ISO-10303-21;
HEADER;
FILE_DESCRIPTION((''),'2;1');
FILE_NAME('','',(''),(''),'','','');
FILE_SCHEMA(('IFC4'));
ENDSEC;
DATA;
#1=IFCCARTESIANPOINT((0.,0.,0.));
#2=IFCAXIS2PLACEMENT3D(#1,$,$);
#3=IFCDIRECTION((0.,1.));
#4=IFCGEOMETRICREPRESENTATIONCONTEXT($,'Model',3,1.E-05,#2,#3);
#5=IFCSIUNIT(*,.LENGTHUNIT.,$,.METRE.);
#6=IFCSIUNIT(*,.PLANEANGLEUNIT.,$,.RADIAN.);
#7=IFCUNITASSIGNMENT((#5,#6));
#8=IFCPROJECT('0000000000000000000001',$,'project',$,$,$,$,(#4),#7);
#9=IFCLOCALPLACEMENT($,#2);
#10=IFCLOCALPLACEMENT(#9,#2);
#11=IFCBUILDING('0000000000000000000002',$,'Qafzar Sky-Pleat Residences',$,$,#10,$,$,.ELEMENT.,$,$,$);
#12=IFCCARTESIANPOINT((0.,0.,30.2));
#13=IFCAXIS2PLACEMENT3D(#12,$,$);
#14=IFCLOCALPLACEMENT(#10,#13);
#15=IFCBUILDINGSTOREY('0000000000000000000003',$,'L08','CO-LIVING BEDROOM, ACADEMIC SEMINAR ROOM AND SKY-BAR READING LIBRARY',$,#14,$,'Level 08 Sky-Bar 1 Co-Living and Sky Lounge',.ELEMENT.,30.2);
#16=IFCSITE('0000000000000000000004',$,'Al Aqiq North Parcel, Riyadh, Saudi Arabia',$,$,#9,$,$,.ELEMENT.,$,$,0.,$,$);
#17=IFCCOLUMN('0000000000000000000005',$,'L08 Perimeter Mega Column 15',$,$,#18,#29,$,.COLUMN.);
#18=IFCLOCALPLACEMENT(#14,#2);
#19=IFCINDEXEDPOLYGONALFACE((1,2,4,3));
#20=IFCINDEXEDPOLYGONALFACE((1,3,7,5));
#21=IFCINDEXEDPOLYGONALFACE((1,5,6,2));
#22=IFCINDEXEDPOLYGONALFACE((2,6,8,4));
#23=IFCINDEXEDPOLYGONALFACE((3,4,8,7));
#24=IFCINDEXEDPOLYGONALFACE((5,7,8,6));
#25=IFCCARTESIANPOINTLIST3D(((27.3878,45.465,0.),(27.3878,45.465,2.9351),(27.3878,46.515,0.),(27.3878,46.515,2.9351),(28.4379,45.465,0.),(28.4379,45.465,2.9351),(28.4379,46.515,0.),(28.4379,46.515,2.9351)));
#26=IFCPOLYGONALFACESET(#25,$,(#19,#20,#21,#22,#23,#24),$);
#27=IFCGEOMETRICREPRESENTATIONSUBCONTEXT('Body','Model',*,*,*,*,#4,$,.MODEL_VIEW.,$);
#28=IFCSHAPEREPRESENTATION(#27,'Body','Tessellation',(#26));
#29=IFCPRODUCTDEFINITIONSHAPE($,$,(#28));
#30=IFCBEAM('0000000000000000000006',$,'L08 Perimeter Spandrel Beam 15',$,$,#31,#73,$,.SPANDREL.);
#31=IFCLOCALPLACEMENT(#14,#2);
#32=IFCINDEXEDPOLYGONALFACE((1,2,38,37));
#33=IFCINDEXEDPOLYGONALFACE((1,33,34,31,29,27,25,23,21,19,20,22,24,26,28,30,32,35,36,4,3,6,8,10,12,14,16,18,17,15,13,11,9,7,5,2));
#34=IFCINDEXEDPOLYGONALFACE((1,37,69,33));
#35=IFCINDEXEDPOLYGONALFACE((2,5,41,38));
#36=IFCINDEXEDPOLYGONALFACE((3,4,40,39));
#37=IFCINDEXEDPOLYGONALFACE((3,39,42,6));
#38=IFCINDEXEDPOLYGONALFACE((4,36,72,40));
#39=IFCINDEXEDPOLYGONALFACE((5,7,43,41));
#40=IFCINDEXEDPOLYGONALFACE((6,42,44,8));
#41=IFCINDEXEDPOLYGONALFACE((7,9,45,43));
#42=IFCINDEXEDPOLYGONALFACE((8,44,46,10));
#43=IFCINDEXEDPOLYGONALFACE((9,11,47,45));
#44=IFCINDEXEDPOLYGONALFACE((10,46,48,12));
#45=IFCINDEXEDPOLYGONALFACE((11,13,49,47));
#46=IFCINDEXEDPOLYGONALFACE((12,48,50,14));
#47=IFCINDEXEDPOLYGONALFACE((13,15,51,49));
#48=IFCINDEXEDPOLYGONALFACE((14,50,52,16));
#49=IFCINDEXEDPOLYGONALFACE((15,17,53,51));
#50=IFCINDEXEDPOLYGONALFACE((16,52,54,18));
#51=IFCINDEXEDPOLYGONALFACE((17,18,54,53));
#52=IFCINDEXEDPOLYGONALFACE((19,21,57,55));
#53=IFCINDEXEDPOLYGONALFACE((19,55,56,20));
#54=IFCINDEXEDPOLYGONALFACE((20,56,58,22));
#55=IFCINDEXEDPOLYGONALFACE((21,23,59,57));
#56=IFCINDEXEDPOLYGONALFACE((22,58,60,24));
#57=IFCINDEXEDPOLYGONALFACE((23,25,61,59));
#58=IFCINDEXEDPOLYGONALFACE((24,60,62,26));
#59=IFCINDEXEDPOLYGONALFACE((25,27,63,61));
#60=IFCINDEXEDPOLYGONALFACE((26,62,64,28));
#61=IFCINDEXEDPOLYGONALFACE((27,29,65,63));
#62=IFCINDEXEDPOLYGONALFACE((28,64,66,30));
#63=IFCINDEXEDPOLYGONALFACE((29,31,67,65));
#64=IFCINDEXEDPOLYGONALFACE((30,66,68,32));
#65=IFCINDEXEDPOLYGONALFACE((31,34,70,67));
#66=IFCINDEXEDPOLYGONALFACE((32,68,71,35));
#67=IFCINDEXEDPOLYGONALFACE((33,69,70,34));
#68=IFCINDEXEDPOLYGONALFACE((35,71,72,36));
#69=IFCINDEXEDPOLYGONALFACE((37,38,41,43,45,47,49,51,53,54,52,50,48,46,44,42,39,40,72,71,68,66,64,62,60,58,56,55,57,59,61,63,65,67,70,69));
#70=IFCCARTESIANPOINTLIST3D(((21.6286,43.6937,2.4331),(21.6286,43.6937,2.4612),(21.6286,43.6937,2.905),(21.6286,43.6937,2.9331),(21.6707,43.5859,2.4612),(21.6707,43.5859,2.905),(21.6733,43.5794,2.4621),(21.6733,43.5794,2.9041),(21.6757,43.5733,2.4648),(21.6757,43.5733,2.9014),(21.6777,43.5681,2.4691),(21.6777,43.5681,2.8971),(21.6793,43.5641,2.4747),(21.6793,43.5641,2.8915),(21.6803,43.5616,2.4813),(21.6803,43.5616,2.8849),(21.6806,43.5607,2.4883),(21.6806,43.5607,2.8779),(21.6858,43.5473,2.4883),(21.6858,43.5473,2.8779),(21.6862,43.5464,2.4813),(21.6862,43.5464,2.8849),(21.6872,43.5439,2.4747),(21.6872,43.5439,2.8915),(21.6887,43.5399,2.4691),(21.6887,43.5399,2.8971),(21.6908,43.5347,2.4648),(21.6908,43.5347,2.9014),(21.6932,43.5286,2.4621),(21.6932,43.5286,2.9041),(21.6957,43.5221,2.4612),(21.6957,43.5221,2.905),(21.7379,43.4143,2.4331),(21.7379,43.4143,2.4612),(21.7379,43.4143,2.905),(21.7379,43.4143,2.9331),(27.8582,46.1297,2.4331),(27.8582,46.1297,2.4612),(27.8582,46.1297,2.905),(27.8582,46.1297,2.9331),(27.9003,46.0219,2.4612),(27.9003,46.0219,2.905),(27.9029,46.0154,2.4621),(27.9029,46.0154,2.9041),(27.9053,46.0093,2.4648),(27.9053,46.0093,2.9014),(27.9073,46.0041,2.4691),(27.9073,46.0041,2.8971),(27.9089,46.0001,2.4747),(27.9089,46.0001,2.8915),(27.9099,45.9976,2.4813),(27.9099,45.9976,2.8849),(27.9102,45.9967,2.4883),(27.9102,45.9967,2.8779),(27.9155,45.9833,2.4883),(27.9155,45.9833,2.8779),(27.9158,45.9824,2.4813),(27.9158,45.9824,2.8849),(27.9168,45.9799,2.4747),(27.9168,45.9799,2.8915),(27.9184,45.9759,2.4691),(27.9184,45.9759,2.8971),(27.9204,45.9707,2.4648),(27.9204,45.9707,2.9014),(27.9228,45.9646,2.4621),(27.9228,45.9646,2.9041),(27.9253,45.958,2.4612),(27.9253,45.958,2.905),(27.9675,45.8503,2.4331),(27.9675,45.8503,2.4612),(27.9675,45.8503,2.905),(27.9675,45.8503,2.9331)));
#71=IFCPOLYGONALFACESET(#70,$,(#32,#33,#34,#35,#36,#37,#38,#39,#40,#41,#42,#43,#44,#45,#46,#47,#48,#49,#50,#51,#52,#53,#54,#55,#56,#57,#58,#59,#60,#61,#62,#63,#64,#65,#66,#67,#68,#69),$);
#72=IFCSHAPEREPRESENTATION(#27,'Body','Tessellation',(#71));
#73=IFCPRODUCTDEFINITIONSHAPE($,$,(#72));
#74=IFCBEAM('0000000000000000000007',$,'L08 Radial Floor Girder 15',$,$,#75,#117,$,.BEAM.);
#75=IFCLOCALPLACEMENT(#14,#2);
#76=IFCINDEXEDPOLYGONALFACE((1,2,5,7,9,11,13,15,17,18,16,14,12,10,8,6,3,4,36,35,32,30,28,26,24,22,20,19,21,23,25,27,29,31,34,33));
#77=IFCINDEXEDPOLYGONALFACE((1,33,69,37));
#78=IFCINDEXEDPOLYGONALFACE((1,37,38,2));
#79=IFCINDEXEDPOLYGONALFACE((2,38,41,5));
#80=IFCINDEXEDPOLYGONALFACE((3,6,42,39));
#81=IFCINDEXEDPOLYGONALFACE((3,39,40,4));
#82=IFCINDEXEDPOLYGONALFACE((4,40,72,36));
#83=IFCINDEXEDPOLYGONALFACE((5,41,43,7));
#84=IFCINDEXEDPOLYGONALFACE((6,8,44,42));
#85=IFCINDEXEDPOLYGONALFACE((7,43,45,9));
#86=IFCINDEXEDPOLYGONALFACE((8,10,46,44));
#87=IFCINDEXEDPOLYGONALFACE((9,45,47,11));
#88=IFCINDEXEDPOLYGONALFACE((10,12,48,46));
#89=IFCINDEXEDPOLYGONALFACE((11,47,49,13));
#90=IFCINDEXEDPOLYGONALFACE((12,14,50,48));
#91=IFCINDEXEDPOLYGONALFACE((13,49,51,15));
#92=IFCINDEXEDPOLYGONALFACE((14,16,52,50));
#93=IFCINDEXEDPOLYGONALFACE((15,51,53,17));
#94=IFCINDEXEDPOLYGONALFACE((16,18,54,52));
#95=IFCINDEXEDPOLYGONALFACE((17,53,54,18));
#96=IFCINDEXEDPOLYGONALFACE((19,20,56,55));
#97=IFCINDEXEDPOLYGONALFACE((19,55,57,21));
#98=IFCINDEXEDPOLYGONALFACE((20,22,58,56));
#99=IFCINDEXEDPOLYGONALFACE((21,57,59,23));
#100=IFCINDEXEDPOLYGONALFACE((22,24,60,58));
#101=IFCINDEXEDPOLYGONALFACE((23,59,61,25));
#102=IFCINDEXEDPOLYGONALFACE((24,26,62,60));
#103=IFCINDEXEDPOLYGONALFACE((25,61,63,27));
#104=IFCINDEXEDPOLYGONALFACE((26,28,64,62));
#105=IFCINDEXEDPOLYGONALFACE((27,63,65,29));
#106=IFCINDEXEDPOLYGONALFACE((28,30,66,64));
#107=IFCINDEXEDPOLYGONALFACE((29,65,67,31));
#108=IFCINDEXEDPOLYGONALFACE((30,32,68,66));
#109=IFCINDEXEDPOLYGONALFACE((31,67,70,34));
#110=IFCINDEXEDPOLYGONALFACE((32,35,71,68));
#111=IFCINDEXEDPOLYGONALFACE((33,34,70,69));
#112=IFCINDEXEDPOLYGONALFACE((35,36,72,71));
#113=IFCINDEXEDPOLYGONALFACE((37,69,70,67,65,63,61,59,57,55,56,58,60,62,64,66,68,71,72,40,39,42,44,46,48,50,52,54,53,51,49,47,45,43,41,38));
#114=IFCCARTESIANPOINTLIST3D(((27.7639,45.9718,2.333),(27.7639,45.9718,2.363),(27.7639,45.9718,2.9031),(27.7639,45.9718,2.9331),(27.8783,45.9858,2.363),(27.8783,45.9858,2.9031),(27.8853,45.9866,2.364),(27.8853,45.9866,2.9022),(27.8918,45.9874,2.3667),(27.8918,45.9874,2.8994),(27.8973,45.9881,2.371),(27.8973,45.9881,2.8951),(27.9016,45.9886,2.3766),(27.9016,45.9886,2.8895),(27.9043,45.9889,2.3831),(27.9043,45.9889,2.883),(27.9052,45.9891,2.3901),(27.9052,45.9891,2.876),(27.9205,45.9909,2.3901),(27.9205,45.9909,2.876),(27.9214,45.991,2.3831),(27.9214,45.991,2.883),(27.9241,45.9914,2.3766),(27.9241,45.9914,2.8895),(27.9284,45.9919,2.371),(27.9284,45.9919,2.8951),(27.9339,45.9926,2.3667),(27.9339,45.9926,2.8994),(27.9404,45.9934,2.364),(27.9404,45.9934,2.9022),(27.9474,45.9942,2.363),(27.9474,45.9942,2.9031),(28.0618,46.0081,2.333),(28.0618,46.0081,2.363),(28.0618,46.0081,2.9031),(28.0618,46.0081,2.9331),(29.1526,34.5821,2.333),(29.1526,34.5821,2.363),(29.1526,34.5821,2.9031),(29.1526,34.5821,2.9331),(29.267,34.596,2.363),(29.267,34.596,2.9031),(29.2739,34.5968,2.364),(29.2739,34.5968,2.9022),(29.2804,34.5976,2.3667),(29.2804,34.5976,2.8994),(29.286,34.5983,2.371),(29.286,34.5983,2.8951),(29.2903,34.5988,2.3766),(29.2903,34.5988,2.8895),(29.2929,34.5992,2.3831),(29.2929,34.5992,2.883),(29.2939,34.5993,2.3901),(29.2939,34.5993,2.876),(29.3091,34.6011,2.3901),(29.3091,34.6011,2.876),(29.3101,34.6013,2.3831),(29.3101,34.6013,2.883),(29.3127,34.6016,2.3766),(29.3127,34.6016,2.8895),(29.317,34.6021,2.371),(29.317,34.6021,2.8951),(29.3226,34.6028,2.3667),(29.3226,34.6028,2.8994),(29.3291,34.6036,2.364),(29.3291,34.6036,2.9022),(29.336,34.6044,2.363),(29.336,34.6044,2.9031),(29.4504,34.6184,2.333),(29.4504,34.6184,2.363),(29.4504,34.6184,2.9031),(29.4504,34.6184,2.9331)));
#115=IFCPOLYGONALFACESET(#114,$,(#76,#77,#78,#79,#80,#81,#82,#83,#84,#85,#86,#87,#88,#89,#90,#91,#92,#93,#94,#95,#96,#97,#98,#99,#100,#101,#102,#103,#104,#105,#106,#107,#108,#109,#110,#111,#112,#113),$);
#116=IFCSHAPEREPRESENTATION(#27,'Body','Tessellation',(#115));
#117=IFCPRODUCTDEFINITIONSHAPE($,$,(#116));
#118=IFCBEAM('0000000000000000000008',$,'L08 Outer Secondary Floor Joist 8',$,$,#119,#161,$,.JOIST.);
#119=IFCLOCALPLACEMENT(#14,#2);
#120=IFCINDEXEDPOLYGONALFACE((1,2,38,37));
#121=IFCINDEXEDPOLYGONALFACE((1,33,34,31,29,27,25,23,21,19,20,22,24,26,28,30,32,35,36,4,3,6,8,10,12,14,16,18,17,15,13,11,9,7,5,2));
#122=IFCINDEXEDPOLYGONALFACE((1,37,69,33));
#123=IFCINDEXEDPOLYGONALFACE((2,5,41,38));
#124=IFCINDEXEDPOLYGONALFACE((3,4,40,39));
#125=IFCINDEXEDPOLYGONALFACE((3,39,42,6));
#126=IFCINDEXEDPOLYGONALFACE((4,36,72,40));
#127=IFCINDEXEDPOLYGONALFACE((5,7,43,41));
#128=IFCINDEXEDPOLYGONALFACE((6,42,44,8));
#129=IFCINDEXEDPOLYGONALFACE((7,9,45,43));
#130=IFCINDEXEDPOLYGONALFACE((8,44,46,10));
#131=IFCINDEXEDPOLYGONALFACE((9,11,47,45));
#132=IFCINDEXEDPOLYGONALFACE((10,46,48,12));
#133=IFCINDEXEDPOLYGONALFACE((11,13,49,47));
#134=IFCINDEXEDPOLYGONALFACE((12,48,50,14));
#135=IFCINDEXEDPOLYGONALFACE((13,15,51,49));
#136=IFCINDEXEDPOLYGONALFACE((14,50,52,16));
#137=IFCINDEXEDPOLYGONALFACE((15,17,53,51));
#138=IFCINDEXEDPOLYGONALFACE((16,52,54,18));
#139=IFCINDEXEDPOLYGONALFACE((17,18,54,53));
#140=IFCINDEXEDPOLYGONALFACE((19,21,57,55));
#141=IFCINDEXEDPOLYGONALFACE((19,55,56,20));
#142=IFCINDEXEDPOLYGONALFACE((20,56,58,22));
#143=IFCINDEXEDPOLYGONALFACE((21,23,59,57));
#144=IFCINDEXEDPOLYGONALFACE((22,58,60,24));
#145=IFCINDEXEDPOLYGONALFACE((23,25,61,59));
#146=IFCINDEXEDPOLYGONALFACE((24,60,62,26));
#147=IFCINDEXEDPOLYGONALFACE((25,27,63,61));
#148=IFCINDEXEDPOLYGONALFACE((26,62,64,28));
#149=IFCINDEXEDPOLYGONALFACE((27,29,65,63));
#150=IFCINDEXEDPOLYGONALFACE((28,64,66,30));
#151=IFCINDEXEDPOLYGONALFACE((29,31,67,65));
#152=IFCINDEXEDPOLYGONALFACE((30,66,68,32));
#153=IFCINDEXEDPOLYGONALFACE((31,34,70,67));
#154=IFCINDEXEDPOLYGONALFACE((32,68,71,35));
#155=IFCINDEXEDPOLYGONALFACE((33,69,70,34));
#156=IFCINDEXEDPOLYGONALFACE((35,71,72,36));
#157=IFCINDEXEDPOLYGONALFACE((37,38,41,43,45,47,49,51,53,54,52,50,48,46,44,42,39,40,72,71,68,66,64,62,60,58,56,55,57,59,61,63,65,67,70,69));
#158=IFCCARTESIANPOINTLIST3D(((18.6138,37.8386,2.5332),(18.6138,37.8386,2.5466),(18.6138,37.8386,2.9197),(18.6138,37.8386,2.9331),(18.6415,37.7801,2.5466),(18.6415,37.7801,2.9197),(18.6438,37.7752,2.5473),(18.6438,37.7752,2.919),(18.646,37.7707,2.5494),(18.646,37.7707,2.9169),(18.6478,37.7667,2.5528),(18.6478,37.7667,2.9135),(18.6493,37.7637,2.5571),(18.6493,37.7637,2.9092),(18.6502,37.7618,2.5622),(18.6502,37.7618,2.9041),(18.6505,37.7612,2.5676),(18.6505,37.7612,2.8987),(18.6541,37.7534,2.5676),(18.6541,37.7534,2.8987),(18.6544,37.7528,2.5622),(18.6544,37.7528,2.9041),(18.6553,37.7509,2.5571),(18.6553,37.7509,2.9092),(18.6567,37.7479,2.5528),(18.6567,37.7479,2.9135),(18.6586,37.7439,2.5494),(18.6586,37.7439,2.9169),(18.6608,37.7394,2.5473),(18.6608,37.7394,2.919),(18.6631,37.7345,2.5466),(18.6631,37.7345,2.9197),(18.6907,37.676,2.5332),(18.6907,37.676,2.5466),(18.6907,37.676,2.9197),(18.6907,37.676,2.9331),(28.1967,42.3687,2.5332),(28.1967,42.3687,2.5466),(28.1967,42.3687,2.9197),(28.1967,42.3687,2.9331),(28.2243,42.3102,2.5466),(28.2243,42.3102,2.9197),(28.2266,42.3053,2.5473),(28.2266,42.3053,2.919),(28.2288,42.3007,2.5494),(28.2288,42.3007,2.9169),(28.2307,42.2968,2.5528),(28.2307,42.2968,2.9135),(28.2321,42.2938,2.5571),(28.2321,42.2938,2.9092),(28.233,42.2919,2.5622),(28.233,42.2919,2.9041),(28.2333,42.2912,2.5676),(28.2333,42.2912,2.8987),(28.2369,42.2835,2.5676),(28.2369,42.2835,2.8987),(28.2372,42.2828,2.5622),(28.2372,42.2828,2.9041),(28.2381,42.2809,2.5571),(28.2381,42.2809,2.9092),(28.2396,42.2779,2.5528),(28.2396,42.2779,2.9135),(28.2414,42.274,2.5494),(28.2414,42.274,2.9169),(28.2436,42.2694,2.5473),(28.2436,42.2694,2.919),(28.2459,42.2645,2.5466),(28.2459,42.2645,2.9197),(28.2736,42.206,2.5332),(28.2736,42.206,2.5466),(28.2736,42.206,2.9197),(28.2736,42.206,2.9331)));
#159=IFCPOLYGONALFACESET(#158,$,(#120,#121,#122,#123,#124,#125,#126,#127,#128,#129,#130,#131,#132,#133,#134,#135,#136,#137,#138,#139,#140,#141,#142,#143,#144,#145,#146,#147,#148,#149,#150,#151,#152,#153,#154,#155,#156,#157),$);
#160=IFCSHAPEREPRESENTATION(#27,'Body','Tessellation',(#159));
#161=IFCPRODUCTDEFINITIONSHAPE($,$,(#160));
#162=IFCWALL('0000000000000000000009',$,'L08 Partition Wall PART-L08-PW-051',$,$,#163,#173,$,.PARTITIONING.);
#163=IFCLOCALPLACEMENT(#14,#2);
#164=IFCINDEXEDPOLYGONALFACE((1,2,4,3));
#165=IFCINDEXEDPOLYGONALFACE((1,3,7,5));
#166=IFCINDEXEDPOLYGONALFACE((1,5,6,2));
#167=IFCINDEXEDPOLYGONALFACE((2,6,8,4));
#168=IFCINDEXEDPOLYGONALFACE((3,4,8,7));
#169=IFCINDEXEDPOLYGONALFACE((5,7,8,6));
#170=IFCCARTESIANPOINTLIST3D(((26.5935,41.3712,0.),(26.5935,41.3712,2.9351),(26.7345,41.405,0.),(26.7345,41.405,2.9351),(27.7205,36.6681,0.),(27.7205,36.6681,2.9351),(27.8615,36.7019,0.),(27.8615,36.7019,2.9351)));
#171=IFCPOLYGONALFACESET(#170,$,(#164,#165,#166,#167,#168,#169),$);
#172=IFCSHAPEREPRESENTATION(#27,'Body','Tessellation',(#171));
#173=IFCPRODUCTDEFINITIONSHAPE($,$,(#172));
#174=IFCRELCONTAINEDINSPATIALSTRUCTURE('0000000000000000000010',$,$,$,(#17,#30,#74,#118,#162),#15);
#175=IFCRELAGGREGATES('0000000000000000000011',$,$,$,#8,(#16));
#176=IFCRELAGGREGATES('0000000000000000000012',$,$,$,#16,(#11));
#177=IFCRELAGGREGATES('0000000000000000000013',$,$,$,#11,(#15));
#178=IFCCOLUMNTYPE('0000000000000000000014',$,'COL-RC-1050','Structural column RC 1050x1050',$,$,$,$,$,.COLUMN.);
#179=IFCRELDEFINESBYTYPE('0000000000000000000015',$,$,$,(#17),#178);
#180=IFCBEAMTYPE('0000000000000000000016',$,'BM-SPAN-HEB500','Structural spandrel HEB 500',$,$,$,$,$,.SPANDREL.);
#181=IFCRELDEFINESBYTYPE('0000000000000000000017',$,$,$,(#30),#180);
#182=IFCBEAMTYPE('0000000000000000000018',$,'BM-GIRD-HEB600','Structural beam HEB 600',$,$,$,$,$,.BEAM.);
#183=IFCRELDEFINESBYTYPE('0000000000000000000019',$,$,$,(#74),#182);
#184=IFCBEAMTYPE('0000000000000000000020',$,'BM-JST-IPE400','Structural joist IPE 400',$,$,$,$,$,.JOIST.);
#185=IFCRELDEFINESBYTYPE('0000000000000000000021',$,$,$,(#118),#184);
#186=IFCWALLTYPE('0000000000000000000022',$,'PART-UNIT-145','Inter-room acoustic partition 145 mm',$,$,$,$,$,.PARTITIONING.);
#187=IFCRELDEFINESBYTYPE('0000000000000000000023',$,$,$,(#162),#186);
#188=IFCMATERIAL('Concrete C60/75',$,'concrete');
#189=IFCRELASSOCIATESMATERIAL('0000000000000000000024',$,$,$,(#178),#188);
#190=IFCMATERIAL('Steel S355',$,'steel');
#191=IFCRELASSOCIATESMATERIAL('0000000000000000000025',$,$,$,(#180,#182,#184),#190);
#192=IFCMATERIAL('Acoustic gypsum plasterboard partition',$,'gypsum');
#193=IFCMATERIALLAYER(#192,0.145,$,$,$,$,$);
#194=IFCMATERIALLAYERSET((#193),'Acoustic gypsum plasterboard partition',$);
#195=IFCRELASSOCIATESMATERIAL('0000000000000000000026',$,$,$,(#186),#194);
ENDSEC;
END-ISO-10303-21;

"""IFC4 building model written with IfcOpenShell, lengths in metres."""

from ifc_helpers import new_model, si_unit, direction, frame, frame_2d, origin, origin_2d, place, context, subcontext, project, spatial, rectangle, i_section, extrude, source, transform, mapped, material, layer, layer_set, material_profile, profile_set, type_object, element, save


model = new_model("IFC4")

# Units and contexts
model_context = context("Model", 3, precision=1e-05, world=origin(), true_north=direction((0.0, 1.0)))
body_context = subcontext(model_context, "Body", "Model", "MODEL_VIEW")
ifc_project = project(units=[si_unit("LENGTHUNIT", "METRE"), si_unit("PLANEANGLEUNIT", "RADIAN")], contexts=[model_context])

# Site, building, storey
site_placement = place(None, origin())
site = spatial("IfcSite", under=ifc_project, at=site_placement, Name="Al Aqiq North Parcel, Riyadh, Saudi Arabia", CompositionType="ELEMENT", RefElevation=0.0)
building_placement = place(site_placement, origin())
building = spatial("IfcBuilding", under=site, at=building_placement, Name="Qafzar Sky-Pleat Residences", CompositionType="ELEMENT")
storey_placement = place(building_placement, frame((0.0, 0.0, 30.2)))
storey = spatial("IfcBuildingStorey", under=building, at=storey_placement, Name="L08", Description="CO-LIVING BEDROOM, ACADEMIC SEMINAR ROOM AND SKY-BAR READING LIBRARY", LongName="Level 08 Sky-Bar 1 Co-Living and Sky Lounge", CompositionType="ELEMENT", Elevation=30.2)

# Column
ifc_material_1 = material(Name="Concrete C60/75", Category="concrete")
ifc_material_profile_1 = material_profile(ifc_material_1, rectangle(XDim=1.05, YDim=1.05, at=origin_2d()), Name="RC 1050x1050")
ifc_profile_set_1 = profile_set([ifc_material_profile_1], Name="Concrete C60/75")
column_type = type_object("IfcColumnType", Name="COL-RC-1050", Description="Structural column RC 1050x1050", PredefinedType="COLUMN", material=ifc_profile_set_1)
shared_shape_1 = source(origin(), body_context, "Body", "SweptSolid", [
    extrude(rectangle(XDim=1.05, YDim=1.05, at=origin_2d()), origin(), (0.0, 0.0, 1.0), 2.9351),
])
column_placement = place(storey_placement, frame((27.9128, 45.99, 0.0), z_axis=(0.0, 0.0, 1.0), x_axis=(1.0, 0.0, 0.0)))
element("IfcColumn", 1, at=column_placement, inside=storey, type_object=column_type, Name="L08 Perimeter Mega Column 15", PredefinedType="COLUMN", context=body_context, shape_type="MappedRepresentation", body=[
    mapped(shared_shape_1, transform((0.0, 0.0, 0.0), x_axis=(1.0, 0.0, 0.0), y_axis=(0.0, 1.0, 0.0), z_axis=(0.0, 0.0, 1.0), scale=1.0)),
])

# Beams
ifc_material_2 = material(Name="Steel S355", Category="steel")
ifc_material_profile_2 = material_profile(ifc_material_2, i_section(OverallWidth=0.3, OverallDepth=0.5, WebThickness=0.0144, FlangeThickness=0.0281, FilletRadius=0.0271, at=origin_2d()), Name="HEB 500")
ifc_profile_set_2 = profile_set([ifc_material_profile_2], Name="Steel S355")
beam_type_1 = type_object("IfcBeamType", Name="BM-SPAN-HEB500", Description="Structural spandrel HEB 500", PredefinedType="SPANDREL", material=ifc_profile_set_2)
shared_shape_2 = source(origin(), body_context, "Body", "SweptSolid", [
    extrude(i_section(OverallWidth=0.3, OverallDepth=0.5, WebThickness=0.0144, FlangeThickness=0.0281, FilletRadius=0.0271, at=origin_2d()), origin(), (0.0, 0.0, 1.0), 6.689),
])
beam_1_placement = place(storey_placement, frame((27.9128, 45.99, 2.6831), z_axis=(-0.931328, -0.364181, 0.0), x_axis=(0.364181, -0.931328, 0.0)))
element("IfcBeam", 2, at=beam_1_placement, inside=storey, type_object=beam_type_1, Name="L08 Perimeter Spandrel Beam 15", PredefinedType="SPANDREL", context=body_context, shape_type="MappedRepresentation", body=[
    mapped(shared_shape_2, transform((0.0, 0.0, 0.0), x_axis=(1.0, 0.0, 0.0), y_axis=(0.0, 1.0, 0.0), z_axis=(0.0, 0.0, 1.0), scale=1.0)),
])
ifc_material_profile_3 = material_profile(ifc_material_2, i_section(OverallWidth=0.3, OverallDepth=0.6001, WebThickness=0.0154, FlangeThickness=0.03, FilletRadius=0.0271, at=origin_2d()), Name="HEB 600")
ifc_profile_set_3 = profile_set([ifc_material_profile_3], Name="Steel S355")
beam_type_2 = type_object("IfcBeamType", Name="BM-GIRD-HEB600", Description="Structural beam HEB 600", PredefinedType="BEAM", material=ifc_profile_set_3)
shared_shape_3 = source(origin(), body_context, "Body", "SweptSolid", [
    extrude(i_section(OverallWidth=0.3, OverallDepth=0.6001, WebThickness=0.0154, FlangeThickness=0.03, FilletRadius=0.0271, at=origin_2d()), origin(), (0.0, 0.0, 1.0), 11.4741),
])
beam_2_placement = place(storey_placement, frame((27.9128, 45.99, 2.6331), z_axis=(0.121025, -0.992649, 0.0), x_axis=(0.992649, 0.121025, 0.0)))
element("IfcBeam", 3, at=beam_2_placement, inside=storey, type_object=beam_type_2, Name="L08 Radial Floor Girder 15", PredefinedType="BEAM", context=body_context, shape_type="MappedRepresentation", body=[
    mapped(shared_shape_3, transform((0.0, 0.0, 0.0), x_axis=(1.0, 0.0, 0.0), y_axis=(0.0, 1.0, 0.0), z_axis=(0.0, 0.0, 1.0), scale=1.0)),
])
ifc_material_profile_4 = material_profile(ifc_material_2, i_section(OverallWidth=0.1799, OverallDepth=0.3999, WebThickness=0.0085, FlangeThickness=0.0134, FilletRadius=0.021, at=origin_2d()), Name="IPE 400")
ifc_profile_set_4 = profile_set([ifc_material_profile_4], Name="Steel S355")
beam_type_3 = type_object("IfcBeamType", Name="BM-JST-IPE400", Description="Structural joist IPE 400", PredefinedType="JOIST", material=ifc_profile_set_4)
shared_shape_4 = source(origin(), body_context, "Body", "SweptSolid", [
    extrude(i_section(OverallWidth=0.1799, OverallDepth=0.3999, WebThickness=0.0085, FlangeThickness=0.0134, FilletRadius=0.021, at=origin_2d()), origin(), (0.0, 0.0, 1.0), 10.5996),
])
beam_3_placement = place(storey_placement, frame((28.2351, 42.2874, 2.7332), z_axis=(-0.904072, -0.427379, 0.0), x_axis=(0.427379, -0.904072, 0.0)))
element("IfcBeam", 4, at=beam_3_placement, inside=storey, type_object=beam_type_3, Name="L08 Outer Secondary Floor Joist 8", PredefinedType="JOIST", context=body_context, shape_type="MappedRepresentation", body=[
    mapped(shared_shape_4, transform((0.0, 0.0, 0.0), x_axis=(1.0, 0.0, 0.0), y_axis=(0.0, 1.0, 0.0), z_axis=(0.0, 0.0, 1.0), scale=1.0)),
])

# Wall
ifc_material_3 = material(Name="Acoustic gypsum plasterboard partition", Category="gypsum")
ifc_layer_1 = layer(ifc_material_3, 0.145)
ifc_layer_set_1 = layer_set([ifc_layer_1], Name="Acoustic gypsum plasterboard partition")
wall_type_1 = type_object("IfcWallType", Name="PART-UNIT-145", Description="Inter-room acoustic partition 145 mm", PredefinedType="PARTITIONING", material=ifc_layer_set_1)
wall_1_placement = place(storey_placement, frame((26.6641, 41.3879, 0.0), z_axis=(0.0, 0.0, 1.0), x_axis=(0.233022, -0.972472, 0.0)))
element("IfcWall", 5, at=wall_1_placement, inside=storey, type_object=wall_type_1, Name="L08 Partition Wall PART-L08-PW-051", PredefinedType="PARTITIONING", context=body_context, shape_type="SweptSolid", body=[
    extrude(rectangle(XDim=4.8362, YDim=0.145, at=frame_2d((2.418, 0.0))), origin(), (0.0, 0.0, 1.0), 2.9351),
])

save(model, "model.ifc")
